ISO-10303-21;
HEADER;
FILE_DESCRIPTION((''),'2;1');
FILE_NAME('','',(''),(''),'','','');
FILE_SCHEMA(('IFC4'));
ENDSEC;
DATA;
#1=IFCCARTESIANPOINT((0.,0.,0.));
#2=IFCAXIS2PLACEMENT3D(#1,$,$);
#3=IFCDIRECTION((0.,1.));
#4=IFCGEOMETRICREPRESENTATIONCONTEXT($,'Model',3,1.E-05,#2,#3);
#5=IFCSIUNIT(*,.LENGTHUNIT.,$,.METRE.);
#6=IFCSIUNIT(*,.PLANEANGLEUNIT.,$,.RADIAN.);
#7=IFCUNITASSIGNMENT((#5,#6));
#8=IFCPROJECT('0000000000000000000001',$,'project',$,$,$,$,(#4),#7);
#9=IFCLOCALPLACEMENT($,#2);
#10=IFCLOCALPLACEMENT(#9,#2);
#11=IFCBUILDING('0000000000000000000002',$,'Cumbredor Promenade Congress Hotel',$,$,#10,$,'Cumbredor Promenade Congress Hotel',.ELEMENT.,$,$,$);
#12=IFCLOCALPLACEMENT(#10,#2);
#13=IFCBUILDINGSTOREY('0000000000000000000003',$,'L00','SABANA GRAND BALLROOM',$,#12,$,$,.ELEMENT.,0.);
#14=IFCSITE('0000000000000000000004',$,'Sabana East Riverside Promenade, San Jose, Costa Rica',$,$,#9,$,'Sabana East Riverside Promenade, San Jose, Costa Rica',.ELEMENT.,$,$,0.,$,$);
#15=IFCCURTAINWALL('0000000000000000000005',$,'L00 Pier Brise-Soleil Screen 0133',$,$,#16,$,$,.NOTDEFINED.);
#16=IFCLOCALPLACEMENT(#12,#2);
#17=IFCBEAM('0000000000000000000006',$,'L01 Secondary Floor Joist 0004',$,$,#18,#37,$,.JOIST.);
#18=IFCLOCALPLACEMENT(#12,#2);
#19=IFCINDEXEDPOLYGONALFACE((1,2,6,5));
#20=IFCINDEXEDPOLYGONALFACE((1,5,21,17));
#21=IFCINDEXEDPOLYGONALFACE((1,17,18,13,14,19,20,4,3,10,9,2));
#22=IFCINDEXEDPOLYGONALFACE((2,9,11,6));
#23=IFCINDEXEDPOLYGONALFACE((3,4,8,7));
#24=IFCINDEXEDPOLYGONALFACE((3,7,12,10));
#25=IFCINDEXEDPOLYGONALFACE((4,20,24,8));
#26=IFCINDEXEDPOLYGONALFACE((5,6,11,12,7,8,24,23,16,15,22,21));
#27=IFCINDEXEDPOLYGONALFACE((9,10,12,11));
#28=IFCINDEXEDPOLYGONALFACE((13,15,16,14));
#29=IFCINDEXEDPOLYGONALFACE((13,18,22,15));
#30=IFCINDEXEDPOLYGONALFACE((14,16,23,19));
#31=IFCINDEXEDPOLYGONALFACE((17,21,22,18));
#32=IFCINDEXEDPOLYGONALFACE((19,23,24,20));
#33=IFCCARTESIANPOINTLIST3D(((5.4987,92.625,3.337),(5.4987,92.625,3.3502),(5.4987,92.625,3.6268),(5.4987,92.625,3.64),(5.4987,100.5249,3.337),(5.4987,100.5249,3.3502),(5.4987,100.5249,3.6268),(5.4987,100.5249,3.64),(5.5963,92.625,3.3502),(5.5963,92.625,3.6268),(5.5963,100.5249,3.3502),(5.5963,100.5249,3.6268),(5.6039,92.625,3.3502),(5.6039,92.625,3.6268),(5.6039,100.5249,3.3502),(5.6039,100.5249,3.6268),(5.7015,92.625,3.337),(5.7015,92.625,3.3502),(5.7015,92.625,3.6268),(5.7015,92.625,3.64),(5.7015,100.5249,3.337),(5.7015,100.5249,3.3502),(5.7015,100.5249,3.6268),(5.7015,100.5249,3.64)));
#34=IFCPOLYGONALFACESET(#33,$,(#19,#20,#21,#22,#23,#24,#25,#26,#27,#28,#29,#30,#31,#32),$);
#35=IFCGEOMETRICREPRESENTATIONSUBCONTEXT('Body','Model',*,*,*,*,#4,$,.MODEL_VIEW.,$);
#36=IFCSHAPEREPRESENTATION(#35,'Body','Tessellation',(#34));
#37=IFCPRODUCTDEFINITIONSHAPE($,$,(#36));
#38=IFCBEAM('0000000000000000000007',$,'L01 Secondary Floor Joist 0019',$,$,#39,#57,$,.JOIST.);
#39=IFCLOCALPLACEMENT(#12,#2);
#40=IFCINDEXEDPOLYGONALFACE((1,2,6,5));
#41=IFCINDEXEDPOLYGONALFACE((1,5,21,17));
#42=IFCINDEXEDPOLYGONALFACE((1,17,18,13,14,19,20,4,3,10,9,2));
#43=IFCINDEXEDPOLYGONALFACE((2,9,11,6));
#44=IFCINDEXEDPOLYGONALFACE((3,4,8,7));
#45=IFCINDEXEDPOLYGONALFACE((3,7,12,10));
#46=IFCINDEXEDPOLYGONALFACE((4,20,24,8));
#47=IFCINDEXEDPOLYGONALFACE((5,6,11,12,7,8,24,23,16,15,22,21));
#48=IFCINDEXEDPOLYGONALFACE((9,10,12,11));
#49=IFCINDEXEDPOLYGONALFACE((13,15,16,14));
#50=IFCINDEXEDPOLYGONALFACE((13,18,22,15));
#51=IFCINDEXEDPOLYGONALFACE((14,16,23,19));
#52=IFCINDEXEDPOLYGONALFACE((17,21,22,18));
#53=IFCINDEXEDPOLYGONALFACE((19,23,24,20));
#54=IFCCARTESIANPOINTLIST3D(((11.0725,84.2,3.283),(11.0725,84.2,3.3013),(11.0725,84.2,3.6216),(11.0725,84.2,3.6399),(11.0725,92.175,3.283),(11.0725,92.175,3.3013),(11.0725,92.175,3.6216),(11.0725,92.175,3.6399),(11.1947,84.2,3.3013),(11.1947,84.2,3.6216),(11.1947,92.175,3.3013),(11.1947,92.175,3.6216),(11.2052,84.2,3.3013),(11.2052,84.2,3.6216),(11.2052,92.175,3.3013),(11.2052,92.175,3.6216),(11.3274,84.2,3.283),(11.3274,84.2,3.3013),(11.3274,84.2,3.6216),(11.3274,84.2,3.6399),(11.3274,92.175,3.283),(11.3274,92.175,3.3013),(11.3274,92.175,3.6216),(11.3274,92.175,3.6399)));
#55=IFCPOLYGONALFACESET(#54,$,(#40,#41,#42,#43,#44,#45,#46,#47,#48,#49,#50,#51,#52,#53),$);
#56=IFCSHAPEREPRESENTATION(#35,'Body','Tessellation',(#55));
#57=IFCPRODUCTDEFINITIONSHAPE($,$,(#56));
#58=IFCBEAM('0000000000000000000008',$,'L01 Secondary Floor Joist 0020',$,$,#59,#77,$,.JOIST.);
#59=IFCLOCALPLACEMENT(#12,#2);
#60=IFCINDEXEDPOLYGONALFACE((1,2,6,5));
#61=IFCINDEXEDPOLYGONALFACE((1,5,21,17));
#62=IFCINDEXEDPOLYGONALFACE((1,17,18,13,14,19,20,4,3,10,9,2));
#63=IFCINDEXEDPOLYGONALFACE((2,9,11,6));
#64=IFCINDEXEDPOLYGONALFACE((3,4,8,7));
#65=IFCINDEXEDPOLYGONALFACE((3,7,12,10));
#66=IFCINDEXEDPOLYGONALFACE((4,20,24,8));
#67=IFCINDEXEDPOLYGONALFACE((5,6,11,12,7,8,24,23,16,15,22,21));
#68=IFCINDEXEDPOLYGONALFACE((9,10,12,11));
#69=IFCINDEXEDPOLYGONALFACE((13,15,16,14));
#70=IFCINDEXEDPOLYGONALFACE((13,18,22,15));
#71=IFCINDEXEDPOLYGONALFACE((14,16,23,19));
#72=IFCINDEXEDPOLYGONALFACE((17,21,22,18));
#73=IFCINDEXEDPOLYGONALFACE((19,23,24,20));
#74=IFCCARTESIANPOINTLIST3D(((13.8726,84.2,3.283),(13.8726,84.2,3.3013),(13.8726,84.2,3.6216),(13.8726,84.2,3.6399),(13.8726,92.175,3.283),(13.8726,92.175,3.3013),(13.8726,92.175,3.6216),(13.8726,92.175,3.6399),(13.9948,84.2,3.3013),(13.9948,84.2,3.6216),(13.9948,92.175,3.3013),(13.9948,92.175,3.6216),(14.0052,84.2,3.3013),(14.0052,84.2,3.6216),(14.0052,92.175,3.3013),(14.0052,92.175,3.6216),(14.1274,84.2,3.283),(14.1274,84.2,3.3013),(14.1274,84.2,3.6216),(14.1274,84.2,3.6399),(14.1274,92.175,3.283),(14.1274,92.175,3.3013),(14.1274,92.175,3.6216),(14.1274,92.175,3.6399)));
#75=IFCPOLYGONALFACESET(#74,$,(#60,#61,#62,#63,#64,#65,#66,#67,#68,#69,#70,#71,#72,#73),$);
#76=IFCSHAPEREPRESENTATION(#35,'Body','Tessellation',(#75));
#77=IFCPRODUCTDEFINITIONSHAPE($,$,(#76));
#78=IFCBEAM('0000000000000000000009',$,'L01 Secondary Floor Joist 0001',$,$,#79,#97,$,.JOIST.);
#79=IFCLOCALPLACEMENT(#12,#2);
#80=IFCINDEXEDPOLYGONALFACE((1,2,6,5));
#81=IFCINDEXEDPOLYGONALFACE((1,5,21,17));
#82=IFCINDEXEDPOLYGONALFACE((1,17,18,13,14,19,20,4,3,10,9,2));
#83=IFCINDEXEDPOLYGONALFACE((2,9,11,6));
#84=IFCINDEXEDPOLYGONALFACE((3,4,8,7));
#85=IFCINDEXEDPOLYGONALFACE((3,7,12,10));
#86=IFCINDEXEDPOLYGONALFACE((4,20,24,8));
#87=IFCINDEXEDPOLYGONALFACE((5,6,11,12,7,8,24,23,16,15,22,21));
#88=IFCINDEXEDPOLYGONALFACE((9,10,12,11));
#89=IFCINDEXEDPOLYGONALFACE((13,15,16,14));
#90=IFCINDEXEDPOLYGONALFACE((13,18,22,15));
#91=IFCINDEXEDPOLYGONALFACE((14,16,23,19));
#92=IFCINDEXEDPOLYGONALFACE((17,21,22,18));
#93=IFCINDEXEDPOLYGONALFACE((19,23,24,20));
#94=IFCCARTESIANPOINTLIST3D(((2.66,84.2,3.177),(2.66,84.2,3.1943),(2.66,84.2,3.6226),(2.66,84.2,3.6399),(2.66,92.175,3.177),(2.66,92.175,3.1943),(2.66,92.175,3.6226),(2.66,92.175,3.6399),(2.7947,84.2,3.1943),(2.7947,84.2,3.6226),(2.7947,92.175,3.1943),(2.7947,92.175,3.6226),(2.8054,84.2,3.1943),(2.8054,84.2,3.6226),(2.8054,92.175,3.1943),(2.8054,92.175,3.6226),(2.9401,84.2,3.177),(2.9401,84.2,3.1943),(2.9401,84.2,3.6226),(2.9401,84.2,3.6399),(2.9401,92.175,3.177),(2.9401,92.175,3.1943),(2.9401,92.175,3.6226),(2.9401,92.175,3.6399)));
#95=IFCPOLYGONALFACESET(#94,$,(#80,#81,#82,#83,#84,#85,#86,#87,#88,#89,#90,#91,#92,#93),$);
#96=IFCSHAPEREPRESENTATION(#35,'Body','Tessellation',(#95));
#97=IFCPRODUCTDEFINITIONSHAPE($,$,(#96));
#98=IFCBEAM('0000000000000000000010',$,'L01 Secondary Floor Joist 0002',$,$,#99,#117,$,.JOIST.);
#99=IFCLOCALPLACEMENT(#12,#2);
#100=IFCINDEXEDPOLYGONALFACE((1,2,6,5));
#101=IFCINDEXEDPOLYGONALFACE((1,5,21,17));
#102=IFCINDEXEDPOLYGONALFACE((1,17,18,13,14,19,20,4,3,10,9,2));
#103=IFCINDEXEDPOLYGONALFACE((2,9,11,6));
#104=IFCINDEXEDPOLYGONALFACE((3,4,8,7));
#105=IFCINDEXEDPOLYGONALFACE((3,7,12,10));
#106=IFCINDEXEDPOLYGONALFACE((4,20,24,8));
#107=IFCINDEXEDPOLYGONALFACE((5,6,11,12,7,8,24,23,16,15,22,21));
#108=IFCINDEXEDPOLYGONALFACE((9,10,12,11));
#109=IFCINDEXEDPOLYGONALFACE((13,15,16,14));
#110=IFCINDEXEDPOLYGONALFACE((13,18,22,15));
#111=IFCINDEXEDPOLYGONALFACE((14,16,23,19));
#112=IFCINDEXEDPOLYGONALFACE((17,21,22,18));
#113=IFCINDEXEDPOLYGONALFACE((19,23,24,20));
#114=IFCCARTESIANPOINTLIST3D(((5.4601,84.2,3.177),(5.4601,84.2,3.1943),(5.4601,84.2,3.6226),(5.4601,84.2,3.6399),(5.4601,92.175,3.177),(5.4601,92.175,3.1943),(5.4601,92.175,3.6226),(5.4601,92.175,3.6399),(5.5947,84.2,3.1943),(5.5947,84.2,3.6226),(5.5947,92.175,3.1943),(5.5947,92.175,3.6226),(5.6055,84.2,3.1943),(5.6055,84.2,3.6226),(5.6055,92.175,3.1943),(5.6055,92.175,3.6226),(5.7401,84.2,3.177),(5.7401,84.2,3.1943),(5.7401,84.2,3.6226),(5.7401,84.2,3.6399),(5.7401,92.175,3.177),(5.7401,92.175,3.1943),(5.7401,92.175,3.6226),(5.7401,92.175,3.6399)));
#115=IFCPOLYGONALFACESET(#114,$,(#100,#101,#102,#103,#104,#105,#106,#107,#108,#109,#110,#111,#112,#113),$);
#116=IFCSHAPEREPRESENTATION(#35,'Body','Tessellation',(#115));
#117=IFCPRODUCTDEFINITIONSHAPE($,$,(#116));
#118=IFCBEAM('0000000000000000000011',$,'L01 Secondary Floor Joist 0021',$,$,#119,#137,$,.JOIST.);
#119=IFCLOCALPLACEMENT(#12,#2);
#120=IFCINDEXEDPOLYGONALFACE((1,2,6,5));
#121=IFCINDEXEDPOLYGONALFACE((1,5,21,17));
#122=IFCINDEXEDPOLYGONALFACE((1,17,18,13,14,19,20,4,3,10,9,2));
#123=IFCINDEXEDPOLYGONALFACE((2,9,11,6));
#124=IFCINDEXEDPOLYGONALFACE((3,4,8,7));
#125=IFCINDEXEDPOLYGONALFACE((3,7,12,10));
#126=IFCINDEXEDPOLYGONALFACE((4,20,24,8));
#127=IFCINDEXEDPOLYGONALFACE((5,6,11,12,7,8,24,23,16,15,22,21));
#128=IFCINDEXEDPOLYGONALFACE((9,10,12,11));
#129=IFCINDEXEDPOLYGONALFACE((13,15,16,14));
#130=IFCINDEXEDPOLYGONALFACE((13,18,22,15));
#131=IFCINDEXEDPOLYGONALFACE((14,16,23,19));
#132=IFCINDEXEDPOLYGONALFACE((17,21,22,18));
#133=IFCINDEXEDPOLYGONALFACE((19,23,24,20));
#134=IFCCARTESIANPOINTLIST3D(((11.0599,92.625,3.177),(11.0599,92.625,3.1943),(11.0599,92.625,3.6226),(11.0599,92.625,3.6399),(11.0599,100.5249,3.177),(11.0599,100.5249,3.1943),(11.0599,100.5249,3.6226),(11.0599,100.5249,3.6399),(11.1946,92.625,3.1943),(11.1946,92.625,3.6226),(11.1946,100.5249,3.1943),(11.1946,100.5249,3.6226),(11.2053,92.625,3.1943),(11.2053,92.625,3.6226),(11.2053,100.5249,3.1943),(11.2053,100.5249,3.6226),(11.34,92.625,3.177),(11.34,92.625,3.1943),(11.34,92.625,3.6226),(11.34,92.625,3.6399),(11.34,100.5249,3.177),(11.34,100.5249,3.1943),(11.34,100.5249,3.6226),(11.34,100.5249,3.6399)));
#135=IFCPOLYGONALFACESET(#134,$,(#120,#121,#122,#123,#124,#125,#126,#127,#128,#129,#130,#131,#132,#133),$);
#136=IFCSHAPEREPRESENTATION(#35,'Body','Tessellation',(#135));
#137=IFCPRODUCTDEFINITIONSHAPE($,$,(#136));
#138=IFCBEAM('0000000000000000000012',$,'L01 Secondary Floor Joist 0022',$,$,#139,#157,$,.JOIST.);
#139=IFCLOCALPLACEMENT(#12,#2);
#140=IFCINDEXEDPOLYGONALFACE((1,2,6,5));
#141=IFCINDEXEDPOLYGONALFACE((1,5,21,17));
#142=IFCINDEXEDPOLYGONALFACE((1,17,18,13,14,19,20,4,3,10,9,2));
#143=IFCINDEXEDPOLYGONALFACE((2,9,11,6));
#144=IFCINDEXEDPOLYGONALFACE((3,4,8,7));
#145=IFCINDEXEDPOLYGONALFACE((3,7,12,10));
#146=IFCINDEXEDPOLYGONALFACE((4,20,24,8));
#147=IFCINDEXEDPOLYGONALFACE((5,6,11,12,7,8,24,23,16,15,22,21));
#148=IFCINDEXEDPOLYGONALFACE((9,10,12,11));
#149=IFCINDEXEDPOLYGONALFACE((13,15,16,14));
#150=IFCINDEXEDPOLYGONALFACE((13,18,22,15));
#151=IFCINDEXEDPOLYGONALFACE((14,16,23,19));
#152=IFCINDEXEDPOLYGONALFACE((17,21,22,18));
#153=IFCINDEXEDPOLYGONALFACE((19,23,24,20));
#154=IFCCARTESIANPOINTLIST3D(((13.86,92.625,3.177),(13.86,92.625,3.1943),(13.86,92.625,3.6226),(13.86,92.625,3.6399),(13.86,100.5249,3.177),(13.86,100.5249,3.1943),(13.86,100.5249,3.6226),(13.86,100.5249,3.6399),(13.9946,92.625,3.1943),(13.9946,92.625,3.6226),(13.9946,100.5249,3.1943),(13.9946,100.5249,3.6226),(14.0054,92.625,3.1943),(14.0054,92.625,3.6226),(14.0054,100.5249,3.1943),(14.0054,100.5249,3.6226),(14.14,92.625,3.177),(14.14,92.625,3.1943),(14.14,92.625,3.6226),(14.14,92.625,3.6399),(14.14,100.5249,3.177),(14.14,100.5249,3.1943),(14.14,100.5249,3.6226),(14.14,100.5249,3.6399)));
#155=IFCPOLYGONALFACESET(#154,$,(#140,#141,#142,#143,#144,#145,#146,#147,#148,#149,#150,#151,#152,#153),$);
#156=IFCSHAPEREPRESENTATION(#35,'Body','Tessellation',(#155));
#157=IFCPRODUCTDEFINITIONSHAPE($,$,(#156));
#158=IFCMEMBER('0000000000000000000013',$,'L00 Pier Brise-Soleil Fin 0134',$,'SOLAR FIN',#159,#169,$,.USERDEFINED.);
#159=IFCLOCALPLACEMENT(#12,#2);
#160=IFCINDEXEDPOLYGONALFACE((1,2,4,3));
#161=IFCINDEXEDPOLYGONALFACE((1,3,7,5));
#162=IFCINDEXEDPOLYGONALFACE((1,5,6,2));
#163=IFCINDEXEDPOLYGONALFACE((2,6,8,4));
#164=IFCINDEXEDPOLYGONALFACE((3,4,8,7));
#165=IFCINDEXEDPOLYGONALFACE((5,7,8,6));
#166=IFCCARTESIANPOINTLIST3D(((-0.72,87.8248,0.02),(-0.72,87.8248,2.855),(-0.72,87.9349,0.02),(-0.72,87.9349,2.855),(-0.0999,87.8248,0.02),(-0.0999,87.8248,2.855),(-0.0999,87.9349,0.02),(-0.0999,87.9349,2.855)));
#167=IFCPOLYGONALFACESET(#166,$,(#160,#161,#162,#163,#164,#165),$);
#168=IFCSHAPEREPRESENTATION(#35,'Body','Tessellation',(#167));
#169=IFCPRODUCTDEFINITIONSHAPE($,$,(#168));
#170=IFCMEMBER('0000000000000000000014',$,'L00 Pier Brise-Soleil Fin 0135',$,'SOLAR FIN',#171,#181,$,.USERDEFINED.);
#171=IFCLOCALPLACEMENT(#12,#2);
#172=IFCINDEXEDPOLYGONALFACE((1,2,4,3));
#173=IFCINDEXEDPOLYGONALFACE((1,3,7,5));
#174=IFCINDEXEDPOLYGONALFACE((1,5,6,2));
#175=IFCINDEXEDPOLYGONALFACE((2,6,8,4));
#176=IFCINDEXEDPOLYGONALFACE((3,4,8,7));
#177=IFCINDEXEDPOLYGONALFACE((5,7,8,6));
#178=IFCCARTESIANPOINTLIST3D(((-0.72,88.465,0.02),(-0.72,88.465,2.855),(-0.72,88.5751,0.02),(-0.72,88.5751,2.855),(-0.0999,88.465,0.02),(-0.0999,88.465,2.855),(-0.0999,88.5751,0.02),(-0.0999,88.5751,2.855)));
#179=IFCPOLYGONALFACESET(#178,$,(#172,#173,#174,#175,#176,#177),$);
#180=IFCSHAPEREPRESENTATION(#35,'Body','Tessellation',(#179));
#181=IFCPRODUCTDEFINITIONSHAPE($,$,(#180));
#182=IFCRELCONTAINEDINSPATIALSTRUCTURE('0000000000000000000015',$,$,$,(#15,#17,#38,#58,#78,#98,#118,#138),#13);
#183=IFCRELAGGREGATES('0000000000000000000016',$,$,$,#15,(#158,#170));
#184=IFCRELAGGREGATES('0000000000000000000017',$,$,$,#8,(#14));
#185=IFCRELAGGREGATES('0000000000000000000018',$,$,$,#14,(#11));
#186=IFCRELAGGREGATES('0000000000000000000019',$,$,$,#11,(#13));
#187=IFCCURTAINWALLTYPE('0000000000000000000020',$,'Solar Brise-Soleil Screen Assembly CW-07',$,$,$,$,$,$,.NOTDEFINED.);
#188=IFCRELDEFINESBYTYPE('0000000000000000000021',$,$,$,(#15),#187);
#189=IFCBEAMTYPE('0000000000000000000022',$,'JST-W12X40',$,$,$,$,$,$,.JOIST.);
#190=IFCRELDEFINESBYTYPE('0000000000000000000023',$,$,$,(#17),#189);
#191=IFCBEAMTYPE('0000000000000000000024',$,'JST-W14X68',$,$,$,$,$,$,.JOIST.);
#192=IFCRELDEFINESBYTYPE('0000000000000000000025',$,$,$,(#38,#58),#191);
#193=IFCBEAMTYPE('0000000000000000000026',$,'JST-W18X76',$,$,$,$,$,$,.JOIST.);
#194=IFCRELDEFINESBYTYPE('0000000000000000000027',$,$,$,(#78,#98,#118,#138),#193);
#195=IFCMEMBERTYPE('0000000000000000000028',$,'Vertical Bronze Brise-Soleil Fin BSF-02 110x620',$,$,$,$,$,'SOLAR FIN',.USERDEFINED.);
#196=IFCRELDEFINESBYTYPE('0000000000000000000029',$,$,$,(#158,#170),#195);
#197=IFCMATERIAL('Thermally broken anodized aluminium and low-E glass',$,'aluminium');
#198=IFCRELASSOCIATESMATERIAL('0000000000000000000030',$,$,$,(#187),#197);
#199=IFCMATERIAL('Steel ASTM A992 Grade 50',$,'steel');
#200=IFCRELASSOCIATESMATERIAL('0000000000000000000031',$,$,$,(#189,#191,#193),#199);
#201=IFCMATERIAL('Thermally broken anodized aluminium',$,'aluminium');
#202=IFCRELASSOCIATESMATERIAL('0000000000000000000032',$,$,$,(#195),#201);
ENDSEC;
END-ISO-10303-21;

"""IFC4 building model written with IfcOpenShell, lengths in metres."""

from ifc_helpers import new_model, si_unit, direction, frame, origin, origin_2d, place, context, subcontext, project, spatial, rectangle, i_section, extrude, material, material_profile, profile_set, type_object, element, aggregate, save


model = new_model("IFC4")

# Units and contexts
model_context = context("Model", 3, precision=1e-05, world=origin(), true_north=direction((0.0, 1.0)))
body_context = subcontext(model_context, "Body", "Model", "MODEL_VIEW")
ifc_project = project(units=[si_unit("LENGTHUNIT", "METRE"), si_unit("PLANEANGLEUNIT", "RADIAN")], contexts=[model_context])

# Site, building, storey
site_placement = place(None, origin())
site = spatial("IfcSite", under=ifc_project, at=site_placement, Name="Sabana East Riverside Promenade, San Jose, Costa Rica", LongName="Sabana East Riverside Promenade, San Jose, Costa Rica", CompositionType="ELEMENT", RefElevation=0.0)
building_placement = place(site_placement, origin())
building = spatial("IfcBuilding", under=site, at=building_placement, Name="Cumbredor Promenade Congress Hotel", LongName="Cumbredor Promenade Congress Hotel", CompositionType="ELEMENT")
storey_placement = place(building_placement, origin())
storey = spatial("IfcBuildingStorey", under=building, at=storey_placement, Name="L00", Description="SABANA GRAND BALLROOM", CompositionType="ELEMENT", Elevation=0.0)

# Curtain wall
ifc_material_1 = material(Name="Thermally broken anodized aluminium and low-E glass", Category="aluminium")
curtain_wall_type = type_object("IfcCurtainWallType", Name="Solar Brise-Soleil Screen Assembly CW-07", PredefinedType="NOTDEFINED", material=ifc_material_1)
curtain_wall_placement = place(storey_placement, origin())
curtain_wall = element("IfcCurtainWall", 1, at=curtain_wall_placement, inside=storey, type_object=curtain_wall_type, Name="L00 Pier Brise-Soleil Screen 0133", PredefinedType="NOTDEFINED")
ifc_material_2 = material(Name="Thermally broken anodized aluminium", Category="aluminium")

# Beams
ifc_material_3 = material(Name="Steel ASTM A992 Grade 50", Category="steel")
ifc_material_profile_1 = material_profile(ifc_material_3, i_section(OverallWidth=0.2029, OverallDepth=0.303, WebThickness=0.0076, FlangeThickness=0.0132, at=origin_2d()), Name="W12X40")
ifc_profile_set_1 = profile_set([ifc_material_profile_1], Name="Steel ASTM A992 Grade 50")
beam_type_1 = type_object("IfcBeamType", Name="JST-W12X40", PredefinedType="JOIST", material=ifc_profile_set_1)
for number, where, z_axis, x_axis, name in (
    (2, (5.6001, 92.625, 3.4885), (0.0, 1.0, 0.0), (-1.0, 0.0, 0.0), "L01 Secondary Floor Joist 0004"),
):
    element("IfcBeam", number, at=place(storey_placement, frame(where, z_axis=z_axis, x_axis=x_axis)), inside=storey, type_object=beam_type_1, Name=name, PredefinedType="JOIST", context=body_context, shape_type="SweptSolid", body=[
        extrude(i_section(OverallWidth=0.2029, OverallDepth=0.303, WebThickness=0.0076, FlangeThickness=0.0132, at=origin_2d()), origin(), (0.0, 0.0, 1.0), 7.8999),
    ])
ifc_material_profile_2 = material_profile(ifc_material_3, i_section(OverallWidth=0.2549, OverallDepth=0.3569, WebThickness=0.0105, FlangeThickness=0.0183, at=origin_2d()), Name="W14X68")
ifc_profile_set_2 = profile_set([ifc_material_profile_2], Name="Steel ASTM A992 Grade 50")
beam_type_2 = type_object("IfcBeamType", Name="JST-W14X68", PredefinedType="JOIST", material=ifc_profile_set_2)
for number, where, z_axis, x_axis, name in (
    (3, (11.2, 84.2, 3.4614), (0.0, 1.0, 0.0), (-1.0, 0.0, 0.0), "L01 Secondary Floor Joist 0019"),
    (4, (14.0, 84.2, 3.4614), (0.0, 1.0, 0.0), (-1.0, 0.0, 0.0), "L01 Secondary Floor Joist 0020"),
):
    element("IfcBeam", number, at=place(storey_placement, frame(where, z_axis=z_axis, x_axis=x_axis)), inside=storey, type_object=beam_type_2, Name=name, PredefinedType="JOIST", context=body_context, shape_type="SweptSolid", body=[
        extrude(i_section(OverallWidth=0.2549, OverallDepth=0.3569, WebThickness=0.0105, FlangeThickness=0.0183, at=origin_2d()), origin(), (0.0, 0.0, 1.0), 7.9751),
    ])
ifc_material_profile_3 = material_profile(ifc_material_3, i_section(OverallWidth=0.28, OverallDepth=0.4629, WebThickness=0.0107, FlangeThickness=0.0173, at=origin_2d()), Name="W18X76")
ifc_profile_set_3 = profile_set([ifc_material_profile_3], Name="Steel ASTM A992 Grade 50")
beam_type_3 = type_object("IfcBeamType", Name="JST-W18X76", PredefinedType="JOIST", material=ifc_profile_set_3)
for number, where, z_axis, x_axis, name in (
    (5, (2.8, 84.2, 3.4084), (0.0, 1.0, 0.0), (-1.0, 0.0, 0.0), "L01 Secondary Floor Joist 0001"),
    (6, (5.6001, 84.2, 3.4084), (0.0, 1.0, 0.0), (-1.0, 0.0, 0.0), "L01 Secondary Floor Joist 0002"),
):
    element("IfcBeam", number, at=place(storey_placement, frame(where, z_axis=z_axis, x_axis=x_axis)), inside=storey, type_object=beam_type_3, Name=name, PredefinedType="JOIST", context=body_context, shape_type="SweptSolid", body=[
        extrude(i_section(OverallWidth=0.28, OverallDepth=0.4629, WebThickness=0.0107, FlangeThickness=0.0173, at=origin_2d()), origin(), (0.0, 0.0, 1.0), 7.9751),
    ])
for number, where, z_axis, x_axis, name in (
    (7, (11.2, 92.625, 3.4084), (0.0, 1.0, 0.0), (-1.0, 0.0, 0.0), "L01 Secondary Floor Joist 0021"),
    (8, (14.0, 92.625, 3.4084), (0.0, 1.0, 0.0), (-1.0, 0.0, 0.0), "L01 Secondary Floor Joist 0022"),
):
    element("IfcBeam", number, at=place(storey_placement, frame(where, z_axis=z_axis, x_axis=x_axis)), inside=storey, type_object=beam_type_3, Name=name, PredefinedType="JOIST", context=body_context, shape_type="SweptSolid", body=[
        extrude(i_section(OverallWidth=0.28, OverallDepth=0.4629, WebThickness=0.0107, FlangeThickness=0.0173, at=origin_2d()), origin(), (0.0, 0.0, 1.0), 7.8999),
    ])

# Members
ifc_material_profile_4 = material_profile(ifc_material_2, rectangle(XDim=0.1101, YDim=0.6201, at=origin_2d()), Name="ARCH FIN 110x620")
ifc_profile_set_4 = profile_set([ifc_material_profile_4], Name="Thermally broken anodized aluminium")
member_type_1 = type_object("IfcMemberType", Name="Vertical Bronze Brise-Soleil Fin BSF-02 110x620", ElementType="SOLAR FIN", PredefinedType="USERDEFINED", material=ifc_profile_set_4)
member_1_placement = place(storey_placement, frame((-0.4099, 87.8799, 0.02), z_axis=(0.0, 0.0, 1.0), x_axis=(0.0, 1.0, 0.0)))
member_1 = element("IfcMember", 9, at=member_1_placement, type_object=member_type_1, Name="L00 Pier Brise-Soleil Fin 0134", ObjectType="SOLAR FIN", PredefinedType="USERDEFINED", context=body_context, shape_type="SweptSolid", body=[
    extrude(rectangle(XDim=0.1101, YDim=0.6201, at=origin_2d()), origin(), (0.0, 0.0, 1.0), 2.835),
])
member_2_placement = place(storey_placement, frame((-0.4099, 88.52, 0.02), z_axis=(0.0, 0.0, 1.0), x_axis=(0.0, 1.0, 0.0)))
member_2 = element("IfcMember", 10, at=member_2_placement, type_object=member_type_1, Name="L00 Pier Brise-Soleil Fin 0135", ObjectType="SOLAR FIN", PredefinedType="USERDEFINED", context=body_context, shape_type="SweptSolid", body=[
    extrude(rectangle(XDim=0.1101, YDim=0.6201, at=origin_2d()), origin(), (0.0, 0.0, 1.0), 2.835),
])
aggregate(curtain_wall, [member_1, member_2])

save(model, "model.ifc")
